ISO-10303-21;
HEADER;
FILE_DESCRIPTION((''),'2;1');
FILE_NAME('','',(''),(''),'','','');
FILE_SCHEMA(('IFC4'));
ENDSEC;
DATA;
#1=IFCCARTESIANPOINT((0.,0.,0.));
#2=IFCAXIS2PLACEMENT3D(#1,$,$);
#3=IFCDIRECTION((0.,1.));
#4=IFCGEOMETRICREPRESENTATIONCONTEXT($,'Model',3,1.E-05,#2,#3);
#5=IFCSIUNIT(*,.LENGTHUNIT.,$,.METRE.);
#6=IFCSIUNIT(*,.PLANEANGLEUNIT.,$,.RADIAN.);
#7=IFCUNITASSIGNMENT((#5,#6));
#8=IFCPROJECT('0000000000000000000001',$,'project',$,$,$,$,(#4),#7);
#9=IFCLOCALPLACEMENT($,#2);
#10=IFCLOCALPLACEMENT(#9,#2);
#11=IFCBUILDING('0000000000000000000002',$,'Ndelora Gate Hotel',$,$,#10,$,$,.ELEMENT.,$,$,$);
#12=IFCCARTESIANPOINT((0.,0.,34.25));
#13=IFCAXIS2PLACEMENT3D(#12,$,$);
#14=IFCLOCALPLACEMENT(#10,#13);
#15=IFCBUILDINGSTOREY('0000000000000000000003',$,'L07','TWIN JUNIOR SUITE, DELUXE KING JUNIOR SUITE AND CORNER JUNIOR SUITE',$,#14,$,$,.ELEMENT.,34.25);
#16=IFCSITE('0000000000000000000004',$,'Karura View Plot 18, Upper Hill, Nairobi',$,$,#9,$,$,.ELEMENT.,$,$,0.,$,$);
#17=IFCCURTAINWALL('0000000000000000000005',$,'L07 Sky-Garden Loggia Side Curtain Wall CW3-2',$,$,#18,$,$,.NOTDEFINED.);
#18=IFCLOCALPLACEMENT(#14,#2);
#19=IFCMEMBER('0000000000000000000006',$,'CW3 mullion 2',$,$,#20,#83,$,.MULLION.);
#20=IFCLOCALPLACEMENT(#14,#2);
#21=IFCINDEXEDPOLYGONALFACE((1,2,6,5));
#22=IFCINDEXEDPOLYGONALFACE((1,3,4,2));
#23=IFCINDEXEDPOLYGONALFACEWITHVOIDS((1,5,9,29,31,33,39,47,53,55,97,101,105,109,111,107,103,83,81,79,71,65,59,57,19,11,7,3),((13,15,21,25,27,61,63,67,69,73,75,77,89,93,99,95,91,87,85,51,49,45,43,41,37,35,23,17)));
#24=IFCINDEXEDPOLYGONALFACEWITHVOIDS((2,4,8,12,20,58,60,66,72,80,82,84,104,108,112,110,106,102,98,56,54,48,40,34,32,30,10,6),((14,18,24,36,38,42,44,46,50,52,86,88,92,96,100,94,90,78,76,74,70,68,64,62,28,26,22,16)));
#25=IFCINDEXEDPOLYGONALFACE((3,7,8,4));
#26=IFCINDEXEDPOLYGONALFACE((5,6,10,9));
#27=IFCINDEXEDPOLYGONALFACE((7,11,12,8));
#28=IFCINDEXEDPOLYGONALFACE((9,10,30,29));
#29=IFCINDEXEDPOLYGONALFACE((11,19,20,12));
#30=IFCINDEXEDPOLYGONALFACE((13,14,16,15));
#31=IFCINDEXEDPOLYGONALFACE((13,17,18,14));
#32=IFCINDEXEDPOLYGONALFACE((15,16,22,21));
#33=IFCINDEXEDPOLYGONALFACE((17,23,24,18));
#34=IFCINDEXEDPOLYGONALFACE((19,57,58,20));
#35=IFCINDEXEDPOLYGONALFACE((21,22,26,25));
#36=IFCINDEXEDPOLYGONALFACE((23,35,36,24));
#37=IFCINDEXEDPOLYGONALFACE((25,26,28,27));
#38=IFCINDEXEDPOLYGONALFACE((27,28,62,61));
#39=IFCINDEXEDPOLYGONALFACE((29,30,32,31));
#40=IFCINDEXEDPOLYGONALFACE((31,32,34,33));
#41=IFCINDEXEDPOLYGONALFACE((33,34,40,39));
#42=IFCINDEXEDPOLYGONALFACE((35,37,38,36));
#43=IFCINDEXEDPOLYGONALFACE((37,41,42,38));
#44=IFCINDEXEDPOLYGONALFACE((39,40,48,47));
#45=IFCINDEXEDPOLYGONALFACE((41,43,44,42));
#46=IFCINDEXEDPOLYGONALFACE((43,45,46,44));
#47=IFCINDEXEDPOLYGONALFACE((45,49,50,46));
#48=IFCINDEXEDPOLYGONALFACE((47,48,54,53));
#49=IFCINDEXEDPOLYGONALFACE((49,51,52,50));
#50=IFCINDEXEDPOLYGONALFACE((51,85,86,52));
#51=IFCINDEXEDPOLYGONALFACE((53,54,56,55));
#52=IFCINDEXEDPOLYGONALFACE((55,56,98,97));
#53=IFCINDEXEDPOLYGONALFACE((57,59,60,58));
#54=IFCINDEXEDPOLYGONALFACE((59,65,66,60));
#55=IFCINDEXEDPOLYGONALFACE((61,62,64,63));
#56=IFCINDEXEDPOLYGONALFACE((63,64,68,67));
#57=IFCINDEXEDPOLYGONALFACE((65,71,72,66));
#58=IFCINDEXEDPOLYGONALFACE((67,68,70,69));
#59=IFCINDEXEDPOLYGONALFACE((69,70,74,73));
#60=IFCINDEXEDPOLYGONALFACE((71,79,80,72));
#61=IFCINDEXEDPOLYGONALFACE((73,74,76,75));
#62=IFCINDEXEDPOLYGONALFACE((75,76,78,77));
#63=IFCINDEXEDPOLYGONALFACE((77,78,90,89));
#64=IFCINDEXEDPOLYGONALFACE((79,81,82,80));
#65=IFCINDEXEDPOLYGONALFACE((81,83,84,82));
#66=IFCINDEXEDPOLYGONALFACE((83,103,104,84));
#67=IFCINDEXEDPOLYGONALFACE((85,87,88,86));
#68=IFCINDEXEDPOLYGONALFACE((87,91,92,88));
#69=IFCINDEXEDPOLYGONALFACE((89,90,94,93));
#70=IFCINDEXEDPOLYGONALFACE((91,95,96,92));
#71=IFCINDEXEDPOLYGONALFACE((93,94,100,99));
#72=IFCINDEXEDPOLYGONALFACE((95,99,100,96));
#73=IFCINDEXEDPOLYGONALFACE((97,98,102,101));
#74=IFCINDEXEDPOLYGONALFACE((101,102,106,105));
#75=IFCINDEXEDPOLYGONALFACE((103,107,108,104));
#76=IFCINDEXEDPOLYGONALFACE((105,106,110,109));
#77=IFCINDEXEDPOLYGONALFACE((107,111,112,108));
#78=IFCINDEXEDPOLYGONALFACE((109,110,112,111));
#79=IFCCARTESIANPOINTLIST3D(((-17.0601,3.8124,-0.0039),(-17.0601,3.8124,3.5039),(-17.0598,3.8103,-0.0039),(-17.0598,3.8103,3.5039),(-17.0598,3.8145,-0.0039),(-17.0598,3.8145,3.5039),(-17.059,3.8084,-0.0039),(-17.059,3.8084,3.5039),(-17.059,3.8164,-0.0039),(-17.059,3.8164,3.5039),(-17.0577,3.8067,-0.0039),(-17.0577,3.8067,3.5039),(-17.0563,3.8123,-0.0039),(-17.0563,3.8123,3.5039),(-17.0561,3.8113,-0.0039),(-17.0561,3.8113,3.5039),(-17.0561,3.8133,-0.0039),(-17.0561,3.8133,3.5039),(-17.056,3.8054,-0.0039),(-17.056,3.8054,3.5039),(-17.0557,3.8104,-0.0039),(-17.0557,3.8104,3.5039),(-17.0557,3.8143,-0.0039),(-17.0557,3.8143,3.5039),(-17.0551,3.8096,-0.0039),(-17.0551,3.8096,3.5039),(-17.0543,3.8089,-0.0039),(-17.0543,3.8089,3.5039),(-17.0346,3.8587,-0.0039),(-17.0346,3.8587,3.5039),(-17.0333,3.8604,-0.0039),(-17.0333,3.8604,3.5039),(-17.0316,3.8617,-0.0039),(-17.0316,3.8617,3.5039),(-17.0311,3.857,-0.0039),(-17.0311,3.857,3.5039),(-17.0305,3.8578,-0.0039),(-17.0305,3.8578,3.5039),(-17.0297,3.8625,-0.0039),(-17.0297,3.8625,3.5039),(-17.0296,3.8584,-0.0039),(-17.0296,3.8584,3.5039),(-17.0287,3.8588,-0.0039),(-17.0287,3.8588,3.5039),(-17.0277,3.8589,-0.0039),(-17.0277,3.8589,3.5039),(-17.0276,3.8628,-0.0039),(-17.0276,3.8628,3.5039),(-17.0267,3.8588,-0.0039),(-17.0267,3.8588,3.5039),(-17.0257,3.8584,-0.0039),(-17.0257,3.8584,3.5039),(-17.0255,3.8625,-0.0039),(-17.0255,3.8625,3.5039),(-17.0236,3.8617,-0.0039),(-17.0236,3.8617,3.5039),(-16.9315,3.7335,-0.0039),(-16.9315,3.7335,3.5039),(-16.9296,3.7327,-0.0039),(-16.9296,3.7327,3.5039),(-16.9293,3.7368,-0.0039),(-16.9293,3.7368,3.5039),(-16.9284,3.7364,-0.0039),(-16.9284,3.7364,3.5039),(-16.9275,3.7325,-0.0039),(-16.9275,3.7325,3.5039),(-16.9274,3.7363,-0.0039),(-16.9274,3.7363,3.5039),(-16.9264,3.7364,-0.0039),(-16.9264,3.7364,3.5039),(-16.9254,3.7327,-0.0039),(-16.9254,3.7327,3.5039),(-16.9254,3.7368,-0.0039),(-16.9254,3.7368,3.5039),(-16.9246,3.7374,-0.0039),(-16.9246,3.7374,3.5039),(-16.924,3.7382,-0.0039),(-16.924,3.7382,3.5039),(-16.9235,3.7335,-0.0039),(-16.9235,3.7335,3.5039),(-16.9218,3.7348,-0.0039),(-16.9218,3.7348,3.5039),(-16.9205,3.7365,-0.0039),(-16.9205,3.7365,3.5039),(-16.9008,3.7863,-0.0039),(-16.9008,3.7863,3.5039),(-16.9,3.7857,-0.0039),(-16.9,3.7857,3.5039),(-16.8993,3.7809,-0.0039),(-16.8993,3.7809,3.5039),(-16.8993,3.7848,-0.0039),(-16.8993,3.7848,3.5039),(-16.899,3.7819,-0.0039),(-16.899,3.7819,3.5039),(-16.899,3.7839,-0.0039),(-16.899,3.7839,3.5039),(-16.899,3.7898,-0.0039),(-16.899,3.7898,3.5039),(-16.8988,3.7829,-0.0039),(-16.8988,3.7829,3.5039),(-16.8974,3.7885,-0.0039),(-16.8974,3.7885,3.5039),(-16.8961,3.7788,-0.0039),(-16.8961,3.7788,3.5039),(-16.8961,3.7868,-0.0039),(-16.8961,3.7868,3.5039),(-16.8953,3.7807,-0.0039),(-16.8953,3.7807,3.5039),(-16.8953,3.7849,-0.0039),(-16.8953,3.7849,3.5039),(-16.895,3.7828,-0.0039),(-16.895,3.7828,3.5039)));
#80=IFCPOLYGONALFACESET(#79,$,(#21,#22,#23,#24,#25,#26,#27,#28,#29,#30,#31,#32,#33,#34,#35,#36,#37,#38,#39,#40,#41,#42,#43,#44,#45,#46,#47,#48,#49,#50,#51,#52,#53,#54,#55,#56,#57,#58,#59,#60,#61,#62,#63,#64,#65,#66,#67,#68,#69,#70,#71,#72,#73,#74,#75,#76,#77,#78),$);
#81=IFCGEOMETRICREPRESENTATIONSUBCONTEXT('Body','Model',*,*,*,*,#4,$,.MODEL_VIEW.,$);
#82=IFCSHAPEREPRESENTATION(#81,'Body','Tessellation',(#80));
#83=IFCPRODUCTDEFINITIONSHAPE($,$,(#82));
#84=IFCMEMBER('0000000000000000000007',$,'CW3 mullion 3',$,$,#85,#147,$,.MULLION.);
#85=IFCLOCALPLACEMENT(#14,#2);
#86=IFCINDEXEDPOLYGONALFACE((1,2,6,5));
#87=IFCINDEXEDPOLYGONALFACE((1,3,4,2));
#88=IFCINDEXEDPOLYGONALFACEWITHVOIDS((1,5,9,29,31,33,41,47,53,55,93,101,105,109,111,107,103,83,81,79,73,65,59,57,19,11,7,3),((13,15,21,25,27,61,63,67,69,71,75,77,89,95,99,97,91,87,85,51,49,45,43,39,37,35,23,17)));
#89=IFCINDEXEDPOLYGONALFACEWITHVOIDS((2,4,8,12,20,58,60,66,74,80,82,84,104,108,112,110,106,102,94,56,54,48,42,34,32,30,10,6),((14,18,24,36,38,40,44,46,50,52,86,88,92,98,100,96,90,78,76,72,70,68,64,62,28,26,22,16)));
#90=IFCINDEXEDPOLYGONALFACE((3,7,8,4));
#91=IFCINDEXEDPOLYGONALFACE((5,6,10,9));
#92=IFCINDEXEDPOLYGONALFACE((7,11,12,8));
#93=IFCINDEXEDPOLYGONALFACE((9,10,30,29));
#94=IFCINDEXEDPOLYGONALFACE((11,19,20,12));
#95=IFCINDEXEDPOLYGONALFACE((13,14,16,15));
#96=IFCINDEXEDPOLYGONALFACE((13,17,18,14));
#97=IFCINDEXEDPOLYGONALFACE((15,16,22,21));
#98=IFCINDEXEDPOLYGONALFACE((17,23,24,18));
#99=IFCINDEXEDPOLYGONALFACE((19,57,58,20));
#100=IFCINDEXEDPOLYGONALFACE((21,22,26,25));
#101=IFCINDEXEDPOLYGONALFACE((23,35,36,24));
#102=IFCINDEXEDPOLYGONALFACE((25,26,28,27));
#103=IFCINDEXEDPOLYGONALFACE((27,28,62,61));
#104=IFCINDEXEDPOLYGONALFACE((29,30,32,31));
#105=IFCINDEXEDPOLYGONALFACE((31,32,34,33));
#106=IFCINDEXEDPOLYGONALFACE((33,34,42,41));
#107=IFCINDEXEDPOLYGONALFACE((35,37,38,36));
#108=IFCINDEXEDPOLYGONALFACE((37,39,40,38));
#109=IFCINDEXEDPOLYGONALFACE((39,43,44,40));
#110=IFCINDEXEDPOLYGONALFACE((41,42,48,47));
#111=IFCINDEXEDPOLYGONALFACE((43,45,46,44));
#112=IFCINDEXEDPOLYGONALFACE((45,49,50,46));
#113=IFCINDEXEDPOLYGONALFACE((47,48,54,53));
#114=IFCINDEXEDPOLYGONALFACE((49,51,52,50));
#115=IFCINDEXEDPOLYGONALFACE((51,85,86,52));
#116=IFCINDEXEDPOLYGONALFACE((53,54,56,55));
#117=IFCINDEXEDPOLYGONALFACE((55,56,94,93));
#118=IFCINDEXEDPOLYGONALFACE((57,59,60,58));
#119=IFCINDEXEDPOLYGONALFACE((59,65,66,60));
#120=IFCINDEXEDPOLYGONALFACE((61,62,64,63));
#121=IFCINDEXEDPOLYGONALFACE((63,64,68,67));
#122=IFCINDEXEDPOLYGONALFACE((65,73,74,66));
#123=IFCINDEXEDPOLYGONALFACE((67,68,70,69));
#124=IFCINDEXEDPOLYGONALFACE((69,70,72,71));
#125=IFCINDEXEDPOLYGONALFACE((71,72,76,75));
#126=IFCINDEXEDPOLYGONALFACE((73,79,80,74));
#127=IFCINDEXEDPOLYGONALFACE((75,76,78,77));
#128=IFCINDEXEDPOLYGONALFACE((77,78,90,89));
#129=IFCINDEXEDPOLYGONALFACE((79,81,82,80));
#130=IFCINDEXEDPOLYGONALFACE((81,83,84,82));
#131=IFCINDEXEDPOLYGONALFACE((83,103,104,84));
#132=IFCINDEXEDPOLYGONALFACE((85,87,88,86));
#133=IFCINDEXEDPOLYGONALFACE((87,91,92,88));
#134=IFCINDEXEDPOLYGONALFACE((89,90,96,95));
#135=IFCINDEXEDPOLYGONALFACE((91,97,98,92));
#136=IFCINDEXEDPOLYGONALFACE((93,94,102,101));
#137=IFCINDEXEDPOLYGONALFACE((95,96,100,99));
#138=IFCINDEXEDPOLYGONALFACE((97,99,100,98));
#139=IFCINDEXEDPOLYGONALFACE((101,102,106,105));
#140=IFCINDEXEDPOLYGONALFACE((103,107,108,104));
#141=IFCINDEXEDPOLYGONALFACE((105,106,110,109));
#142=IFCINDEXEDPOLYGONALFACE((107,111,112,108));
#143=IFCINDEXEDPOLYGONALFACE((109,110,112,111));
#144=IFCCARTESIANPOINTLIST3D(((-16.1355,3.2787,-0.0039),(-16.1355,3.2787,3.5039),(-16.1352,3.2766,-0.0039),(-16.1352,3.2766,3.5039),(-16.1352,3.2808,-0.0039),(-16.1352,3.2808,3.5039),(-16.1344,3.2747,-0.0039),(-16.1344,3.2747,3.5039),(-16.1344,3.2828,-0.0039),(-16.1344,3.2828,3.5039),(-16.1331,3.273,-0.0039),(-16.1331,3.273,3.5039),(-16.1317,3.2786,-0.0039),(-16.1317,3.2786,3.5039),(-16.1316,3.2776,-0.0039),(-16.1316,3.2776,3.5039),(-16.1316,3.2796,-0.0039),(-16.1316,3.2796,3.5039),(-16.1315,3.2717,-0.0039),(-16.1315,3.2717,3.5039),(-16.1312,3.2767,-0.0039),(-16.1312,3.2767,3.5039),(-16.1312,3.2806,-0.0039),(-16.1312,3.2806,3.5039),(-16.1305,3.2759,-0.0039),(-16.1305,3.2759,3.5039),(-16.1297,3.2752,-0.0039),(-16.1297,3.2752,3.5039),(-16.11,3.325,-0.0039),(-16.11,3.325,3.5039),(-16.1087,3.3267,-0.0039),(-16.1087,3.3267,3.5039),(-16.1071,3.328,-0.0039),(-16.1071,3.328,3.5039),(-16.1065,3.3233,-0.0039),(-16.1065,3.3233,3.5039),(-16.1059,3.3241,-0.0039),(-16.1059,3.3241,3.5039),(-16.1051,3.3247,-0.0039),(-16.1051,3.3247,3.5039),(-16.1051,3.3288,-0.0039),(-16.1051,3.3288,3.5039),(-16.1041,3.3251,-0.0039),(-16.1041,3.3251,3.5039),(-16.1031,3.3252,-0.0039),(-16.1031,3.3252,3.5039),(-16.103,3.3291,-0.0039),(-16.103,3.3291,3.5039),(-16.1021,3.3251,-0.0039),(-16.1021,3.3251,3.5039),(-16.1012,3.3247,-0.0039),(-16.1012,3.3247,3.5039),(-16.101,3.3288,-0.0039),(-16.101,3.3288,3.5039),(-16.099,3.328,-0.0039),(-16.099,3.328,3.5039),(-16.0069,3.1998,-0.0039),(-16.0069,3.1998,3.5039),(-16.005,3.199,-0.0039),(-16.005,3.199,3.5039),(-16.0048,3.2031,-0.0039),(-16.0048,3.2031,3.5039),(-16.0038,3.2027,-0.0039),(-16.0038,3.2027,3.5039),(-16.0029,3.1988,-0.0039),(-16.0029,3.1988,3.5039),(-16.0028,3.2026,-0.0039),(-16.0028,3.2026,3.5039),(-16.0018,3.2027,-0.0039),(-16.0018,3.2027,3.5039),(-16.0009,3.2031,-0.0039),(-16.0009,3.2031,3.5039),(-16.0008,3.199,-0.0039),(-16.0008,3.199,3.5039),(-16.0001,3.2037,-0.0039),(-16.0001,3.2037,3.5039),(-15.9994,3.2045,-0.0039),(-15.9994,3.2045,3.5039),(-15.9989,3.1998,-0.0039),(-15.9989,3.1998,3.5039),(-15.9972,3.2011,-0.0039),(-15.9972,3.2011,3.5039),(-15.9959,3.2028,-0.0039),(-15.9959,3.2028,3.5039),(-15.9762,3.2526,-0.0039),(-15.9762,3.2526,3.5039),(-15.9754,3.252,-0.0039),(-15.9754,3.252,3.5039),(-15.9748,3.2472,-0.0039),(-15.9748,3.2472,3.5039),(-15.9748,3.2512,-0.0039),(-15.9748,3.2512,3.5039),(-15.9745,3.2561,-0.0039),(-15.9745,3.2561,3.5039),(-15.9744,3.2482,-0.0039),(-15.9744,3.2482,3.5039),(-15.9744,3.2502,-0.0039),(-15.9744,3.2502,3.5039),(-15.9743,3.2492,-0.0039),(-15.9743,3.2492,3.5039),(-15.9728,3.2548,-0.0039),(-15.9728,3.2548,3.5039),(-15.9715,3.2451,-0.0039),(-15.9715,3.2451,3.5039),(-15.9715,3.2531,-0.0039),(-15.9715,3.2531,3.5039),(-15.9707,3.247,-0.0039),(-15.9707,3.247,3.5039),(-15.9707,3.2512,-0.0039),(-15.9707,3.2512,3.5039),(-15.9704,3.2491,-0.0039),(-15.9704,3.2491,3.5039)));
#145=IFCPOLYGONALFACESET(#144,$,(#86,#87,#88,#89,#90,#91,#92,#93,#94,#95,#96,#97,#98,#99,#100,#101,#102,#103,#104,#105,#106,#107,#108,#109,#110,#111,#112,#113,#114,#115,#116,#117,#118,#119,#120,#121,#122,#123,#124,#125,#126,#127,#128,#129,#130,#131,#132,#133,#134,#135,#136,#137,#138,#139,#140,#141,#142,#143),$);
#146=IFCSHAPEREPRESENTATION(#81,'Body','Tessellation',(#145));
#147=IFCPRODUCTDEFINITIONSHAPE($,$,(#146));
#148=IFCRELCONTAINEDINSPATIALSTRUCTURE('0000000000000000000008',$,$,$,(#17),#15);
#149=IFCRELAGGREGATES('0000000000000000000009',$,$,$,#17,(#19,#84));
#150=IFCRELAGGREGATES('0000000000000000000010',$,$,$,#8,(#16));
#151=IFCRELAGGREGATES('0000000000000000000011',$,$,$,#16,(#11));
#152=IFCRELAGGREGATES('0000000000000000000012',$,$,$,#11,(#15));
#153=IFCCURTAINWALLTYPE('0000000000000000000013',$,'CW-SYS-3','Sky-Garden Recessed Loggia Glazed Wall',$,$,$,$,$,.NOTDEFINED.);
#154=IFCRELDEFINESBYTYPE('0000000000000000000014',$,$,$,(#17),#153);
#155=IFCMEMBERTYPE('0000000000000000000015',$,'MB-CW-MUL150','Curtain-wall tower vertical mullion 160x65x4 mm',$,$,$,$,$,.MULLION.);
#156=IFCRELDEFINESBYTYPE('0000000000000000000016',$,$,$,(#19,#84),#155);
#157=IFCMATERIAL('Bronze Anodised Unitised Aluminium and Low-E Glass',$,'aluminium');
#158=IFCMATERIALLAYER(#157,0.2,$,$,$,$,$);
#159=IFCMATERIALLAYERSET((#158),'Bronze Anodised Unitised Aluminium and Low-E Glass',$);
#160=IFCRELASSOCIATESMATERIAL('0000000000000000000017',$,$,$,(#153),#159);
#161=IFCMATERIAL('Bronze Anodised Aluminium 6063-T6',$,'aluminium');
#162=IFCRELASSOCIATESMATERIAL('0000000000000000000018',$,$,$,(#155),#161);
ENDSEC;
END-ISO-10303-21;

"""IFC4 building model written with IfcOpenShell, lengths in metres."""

from ifc_helpers import new_model, si_unit, direction, frame, origin, origin_2d, place, context, subcontext, project, spatial, hollow_rectangle, extrude, material, layer, layer_set, material_profile, profile_set, type_object, element, aggregate, save


model = new_model("IFC4")

# Units and contexts
model_context = context("Model", 3, precision=1e-05, world=origin(), true_north=direction((0.0, 1.0)))
body_context = subcontext(model_context, "Body", "Model", "MODEL_VIEW")
ifc_project = project(units=[si_unit("LENGTHUNIT", "METRE"), si_unit("PLANEANGLEUNIT", "RADIAN")], contexts=[model_context])

# Site, building, storey
site_placement = place(None, origin())
site = spatial("IfcSite", under=ifc_project, at=site_placement, Name="Karura View Plot 18, Upper Hill, Nairobi", CompositionType="ELEMENT", RefElevation=0.0)
building_placement = place(site_placement, origin())
building = spatial("IfcBuilding", under=site, at=building_placement, Name="Ndelora Gate Hotel", CompositionType="ELEMENT")
storey_placement = place(building_placement, frame((0.0, 0.0, 34.25)))
storey = spatial("IfcBuildingStorey", under=building, at=storey_placement, Name="L07", Description="TWIN JUNIOR SUITE, DELUXE KING JUNIOR SUITE AND CORNER JUNIOR SUITE", CompositionType="ELEMENT", Elevation=34.25)

# Curtain wall, members
ifc_material_1 = material(Name="Bronze Anodised Unitised Aluminium and Low-E Glass", Category="aluminium")
ifc_layer_1 = layer(ifc_material_1, 0.2)
ifc_layer_set_1 = layer_set([ifc_layer_1], Name="Bronze Anodised Unitised Aluminium and Low-E Glass")
curtain_wall_type = type_object("IfcCurtainWallType", Name="CW-SYS-3", Description="Sky-Garden Recessed Loggia Glazed Wall", PredefinedType="NOTDEFINED", material=ifc_layer_set_1)
curtain_wall_placement = place(storey_placement, origin())
curtain_wall = element("IfcCurtainWall", 1, at=curtain_wall_placement, inside=storey, type_object=curtain_wall_type, Name="L07 Sky-Garden Loggia Side Curtain Wall CW3-2", PredefinedType="NOTDEFINED")
ifc_material_2 = material(Name="Bronze Anodised Aluminium 6063-T6", Category="aluminium")
ifc_material_profile_1 = material_profile(ifc_material_2, hollow_rectangle(XDim=0.0649, YDim=0.1599, WallThickness=0.0039, InnerFilletRadius=0.0039, OuterFilletRadius=0.0081, at=origin_2d()), Name="ALU 160x65x4")
ifc_profile_set_1 = profile_set([ifc_material_profile_1], Name="Bronze Anodised Aluminium 6063-T6")
member_type_1 = type_object("IfcMemberType", Name="MB-CW-MUL150", Description="Curtain-wall tower vertical mullion 160x65x4 mm", PredefinedType="MULLION", material=ifc_profile_set_1)
member_1_placement = place(storey_placement, frame((-16.9775, 3.7976, -0.0039), z_axis=(0.0, 0.0, 1.0), x_axis=(0.499991, 0.86603, 0.0)))
member_1 = element("IfcMember", 2, at=member_1_placement, type_object=member_type_1, Name="CW3 mullion 2", PredefinedType="MULLION", context=body_context, shape_type="SweptSolid", body=[
    extrude(hollow_rectangle(XDim=0.0649, YDim=0.1599, WallThickness=0.0039, InnerFilletRadius=0.0039, OuterFilletRadius=0.0081, at=origin_2d()), origin(), (0.0, 0.0, 1.0), 3.5078),
])
member_2_placement = place(storey_placement, frame((-16.053, 3.2639, -0.0039), z_axis=(0.0, 0.0, 1.0), x_axis=(0.499991, 0.86603, 0.0)))
member_2 = element("IfcMember", 3, at=member_2_placement, type_object=member_type_1, Name="CW3 mullion 3", PredefinedType="MULLION", context=body_context, shape_type="SweptSolid", body=[
    extrude(hollow_rectangle(XDim=0.0649, YDim=0.1599, WallThickness=0.0039, InnerFilletRadius=0.0039, OuterFilletRadius=0.0081, at=origin_2d()), origin(), (0.0, 0.0, 1.0), 3.5078),
])
aggregate(curtain_wall, [member_1, member_2])

save(model, "model.ifc")
